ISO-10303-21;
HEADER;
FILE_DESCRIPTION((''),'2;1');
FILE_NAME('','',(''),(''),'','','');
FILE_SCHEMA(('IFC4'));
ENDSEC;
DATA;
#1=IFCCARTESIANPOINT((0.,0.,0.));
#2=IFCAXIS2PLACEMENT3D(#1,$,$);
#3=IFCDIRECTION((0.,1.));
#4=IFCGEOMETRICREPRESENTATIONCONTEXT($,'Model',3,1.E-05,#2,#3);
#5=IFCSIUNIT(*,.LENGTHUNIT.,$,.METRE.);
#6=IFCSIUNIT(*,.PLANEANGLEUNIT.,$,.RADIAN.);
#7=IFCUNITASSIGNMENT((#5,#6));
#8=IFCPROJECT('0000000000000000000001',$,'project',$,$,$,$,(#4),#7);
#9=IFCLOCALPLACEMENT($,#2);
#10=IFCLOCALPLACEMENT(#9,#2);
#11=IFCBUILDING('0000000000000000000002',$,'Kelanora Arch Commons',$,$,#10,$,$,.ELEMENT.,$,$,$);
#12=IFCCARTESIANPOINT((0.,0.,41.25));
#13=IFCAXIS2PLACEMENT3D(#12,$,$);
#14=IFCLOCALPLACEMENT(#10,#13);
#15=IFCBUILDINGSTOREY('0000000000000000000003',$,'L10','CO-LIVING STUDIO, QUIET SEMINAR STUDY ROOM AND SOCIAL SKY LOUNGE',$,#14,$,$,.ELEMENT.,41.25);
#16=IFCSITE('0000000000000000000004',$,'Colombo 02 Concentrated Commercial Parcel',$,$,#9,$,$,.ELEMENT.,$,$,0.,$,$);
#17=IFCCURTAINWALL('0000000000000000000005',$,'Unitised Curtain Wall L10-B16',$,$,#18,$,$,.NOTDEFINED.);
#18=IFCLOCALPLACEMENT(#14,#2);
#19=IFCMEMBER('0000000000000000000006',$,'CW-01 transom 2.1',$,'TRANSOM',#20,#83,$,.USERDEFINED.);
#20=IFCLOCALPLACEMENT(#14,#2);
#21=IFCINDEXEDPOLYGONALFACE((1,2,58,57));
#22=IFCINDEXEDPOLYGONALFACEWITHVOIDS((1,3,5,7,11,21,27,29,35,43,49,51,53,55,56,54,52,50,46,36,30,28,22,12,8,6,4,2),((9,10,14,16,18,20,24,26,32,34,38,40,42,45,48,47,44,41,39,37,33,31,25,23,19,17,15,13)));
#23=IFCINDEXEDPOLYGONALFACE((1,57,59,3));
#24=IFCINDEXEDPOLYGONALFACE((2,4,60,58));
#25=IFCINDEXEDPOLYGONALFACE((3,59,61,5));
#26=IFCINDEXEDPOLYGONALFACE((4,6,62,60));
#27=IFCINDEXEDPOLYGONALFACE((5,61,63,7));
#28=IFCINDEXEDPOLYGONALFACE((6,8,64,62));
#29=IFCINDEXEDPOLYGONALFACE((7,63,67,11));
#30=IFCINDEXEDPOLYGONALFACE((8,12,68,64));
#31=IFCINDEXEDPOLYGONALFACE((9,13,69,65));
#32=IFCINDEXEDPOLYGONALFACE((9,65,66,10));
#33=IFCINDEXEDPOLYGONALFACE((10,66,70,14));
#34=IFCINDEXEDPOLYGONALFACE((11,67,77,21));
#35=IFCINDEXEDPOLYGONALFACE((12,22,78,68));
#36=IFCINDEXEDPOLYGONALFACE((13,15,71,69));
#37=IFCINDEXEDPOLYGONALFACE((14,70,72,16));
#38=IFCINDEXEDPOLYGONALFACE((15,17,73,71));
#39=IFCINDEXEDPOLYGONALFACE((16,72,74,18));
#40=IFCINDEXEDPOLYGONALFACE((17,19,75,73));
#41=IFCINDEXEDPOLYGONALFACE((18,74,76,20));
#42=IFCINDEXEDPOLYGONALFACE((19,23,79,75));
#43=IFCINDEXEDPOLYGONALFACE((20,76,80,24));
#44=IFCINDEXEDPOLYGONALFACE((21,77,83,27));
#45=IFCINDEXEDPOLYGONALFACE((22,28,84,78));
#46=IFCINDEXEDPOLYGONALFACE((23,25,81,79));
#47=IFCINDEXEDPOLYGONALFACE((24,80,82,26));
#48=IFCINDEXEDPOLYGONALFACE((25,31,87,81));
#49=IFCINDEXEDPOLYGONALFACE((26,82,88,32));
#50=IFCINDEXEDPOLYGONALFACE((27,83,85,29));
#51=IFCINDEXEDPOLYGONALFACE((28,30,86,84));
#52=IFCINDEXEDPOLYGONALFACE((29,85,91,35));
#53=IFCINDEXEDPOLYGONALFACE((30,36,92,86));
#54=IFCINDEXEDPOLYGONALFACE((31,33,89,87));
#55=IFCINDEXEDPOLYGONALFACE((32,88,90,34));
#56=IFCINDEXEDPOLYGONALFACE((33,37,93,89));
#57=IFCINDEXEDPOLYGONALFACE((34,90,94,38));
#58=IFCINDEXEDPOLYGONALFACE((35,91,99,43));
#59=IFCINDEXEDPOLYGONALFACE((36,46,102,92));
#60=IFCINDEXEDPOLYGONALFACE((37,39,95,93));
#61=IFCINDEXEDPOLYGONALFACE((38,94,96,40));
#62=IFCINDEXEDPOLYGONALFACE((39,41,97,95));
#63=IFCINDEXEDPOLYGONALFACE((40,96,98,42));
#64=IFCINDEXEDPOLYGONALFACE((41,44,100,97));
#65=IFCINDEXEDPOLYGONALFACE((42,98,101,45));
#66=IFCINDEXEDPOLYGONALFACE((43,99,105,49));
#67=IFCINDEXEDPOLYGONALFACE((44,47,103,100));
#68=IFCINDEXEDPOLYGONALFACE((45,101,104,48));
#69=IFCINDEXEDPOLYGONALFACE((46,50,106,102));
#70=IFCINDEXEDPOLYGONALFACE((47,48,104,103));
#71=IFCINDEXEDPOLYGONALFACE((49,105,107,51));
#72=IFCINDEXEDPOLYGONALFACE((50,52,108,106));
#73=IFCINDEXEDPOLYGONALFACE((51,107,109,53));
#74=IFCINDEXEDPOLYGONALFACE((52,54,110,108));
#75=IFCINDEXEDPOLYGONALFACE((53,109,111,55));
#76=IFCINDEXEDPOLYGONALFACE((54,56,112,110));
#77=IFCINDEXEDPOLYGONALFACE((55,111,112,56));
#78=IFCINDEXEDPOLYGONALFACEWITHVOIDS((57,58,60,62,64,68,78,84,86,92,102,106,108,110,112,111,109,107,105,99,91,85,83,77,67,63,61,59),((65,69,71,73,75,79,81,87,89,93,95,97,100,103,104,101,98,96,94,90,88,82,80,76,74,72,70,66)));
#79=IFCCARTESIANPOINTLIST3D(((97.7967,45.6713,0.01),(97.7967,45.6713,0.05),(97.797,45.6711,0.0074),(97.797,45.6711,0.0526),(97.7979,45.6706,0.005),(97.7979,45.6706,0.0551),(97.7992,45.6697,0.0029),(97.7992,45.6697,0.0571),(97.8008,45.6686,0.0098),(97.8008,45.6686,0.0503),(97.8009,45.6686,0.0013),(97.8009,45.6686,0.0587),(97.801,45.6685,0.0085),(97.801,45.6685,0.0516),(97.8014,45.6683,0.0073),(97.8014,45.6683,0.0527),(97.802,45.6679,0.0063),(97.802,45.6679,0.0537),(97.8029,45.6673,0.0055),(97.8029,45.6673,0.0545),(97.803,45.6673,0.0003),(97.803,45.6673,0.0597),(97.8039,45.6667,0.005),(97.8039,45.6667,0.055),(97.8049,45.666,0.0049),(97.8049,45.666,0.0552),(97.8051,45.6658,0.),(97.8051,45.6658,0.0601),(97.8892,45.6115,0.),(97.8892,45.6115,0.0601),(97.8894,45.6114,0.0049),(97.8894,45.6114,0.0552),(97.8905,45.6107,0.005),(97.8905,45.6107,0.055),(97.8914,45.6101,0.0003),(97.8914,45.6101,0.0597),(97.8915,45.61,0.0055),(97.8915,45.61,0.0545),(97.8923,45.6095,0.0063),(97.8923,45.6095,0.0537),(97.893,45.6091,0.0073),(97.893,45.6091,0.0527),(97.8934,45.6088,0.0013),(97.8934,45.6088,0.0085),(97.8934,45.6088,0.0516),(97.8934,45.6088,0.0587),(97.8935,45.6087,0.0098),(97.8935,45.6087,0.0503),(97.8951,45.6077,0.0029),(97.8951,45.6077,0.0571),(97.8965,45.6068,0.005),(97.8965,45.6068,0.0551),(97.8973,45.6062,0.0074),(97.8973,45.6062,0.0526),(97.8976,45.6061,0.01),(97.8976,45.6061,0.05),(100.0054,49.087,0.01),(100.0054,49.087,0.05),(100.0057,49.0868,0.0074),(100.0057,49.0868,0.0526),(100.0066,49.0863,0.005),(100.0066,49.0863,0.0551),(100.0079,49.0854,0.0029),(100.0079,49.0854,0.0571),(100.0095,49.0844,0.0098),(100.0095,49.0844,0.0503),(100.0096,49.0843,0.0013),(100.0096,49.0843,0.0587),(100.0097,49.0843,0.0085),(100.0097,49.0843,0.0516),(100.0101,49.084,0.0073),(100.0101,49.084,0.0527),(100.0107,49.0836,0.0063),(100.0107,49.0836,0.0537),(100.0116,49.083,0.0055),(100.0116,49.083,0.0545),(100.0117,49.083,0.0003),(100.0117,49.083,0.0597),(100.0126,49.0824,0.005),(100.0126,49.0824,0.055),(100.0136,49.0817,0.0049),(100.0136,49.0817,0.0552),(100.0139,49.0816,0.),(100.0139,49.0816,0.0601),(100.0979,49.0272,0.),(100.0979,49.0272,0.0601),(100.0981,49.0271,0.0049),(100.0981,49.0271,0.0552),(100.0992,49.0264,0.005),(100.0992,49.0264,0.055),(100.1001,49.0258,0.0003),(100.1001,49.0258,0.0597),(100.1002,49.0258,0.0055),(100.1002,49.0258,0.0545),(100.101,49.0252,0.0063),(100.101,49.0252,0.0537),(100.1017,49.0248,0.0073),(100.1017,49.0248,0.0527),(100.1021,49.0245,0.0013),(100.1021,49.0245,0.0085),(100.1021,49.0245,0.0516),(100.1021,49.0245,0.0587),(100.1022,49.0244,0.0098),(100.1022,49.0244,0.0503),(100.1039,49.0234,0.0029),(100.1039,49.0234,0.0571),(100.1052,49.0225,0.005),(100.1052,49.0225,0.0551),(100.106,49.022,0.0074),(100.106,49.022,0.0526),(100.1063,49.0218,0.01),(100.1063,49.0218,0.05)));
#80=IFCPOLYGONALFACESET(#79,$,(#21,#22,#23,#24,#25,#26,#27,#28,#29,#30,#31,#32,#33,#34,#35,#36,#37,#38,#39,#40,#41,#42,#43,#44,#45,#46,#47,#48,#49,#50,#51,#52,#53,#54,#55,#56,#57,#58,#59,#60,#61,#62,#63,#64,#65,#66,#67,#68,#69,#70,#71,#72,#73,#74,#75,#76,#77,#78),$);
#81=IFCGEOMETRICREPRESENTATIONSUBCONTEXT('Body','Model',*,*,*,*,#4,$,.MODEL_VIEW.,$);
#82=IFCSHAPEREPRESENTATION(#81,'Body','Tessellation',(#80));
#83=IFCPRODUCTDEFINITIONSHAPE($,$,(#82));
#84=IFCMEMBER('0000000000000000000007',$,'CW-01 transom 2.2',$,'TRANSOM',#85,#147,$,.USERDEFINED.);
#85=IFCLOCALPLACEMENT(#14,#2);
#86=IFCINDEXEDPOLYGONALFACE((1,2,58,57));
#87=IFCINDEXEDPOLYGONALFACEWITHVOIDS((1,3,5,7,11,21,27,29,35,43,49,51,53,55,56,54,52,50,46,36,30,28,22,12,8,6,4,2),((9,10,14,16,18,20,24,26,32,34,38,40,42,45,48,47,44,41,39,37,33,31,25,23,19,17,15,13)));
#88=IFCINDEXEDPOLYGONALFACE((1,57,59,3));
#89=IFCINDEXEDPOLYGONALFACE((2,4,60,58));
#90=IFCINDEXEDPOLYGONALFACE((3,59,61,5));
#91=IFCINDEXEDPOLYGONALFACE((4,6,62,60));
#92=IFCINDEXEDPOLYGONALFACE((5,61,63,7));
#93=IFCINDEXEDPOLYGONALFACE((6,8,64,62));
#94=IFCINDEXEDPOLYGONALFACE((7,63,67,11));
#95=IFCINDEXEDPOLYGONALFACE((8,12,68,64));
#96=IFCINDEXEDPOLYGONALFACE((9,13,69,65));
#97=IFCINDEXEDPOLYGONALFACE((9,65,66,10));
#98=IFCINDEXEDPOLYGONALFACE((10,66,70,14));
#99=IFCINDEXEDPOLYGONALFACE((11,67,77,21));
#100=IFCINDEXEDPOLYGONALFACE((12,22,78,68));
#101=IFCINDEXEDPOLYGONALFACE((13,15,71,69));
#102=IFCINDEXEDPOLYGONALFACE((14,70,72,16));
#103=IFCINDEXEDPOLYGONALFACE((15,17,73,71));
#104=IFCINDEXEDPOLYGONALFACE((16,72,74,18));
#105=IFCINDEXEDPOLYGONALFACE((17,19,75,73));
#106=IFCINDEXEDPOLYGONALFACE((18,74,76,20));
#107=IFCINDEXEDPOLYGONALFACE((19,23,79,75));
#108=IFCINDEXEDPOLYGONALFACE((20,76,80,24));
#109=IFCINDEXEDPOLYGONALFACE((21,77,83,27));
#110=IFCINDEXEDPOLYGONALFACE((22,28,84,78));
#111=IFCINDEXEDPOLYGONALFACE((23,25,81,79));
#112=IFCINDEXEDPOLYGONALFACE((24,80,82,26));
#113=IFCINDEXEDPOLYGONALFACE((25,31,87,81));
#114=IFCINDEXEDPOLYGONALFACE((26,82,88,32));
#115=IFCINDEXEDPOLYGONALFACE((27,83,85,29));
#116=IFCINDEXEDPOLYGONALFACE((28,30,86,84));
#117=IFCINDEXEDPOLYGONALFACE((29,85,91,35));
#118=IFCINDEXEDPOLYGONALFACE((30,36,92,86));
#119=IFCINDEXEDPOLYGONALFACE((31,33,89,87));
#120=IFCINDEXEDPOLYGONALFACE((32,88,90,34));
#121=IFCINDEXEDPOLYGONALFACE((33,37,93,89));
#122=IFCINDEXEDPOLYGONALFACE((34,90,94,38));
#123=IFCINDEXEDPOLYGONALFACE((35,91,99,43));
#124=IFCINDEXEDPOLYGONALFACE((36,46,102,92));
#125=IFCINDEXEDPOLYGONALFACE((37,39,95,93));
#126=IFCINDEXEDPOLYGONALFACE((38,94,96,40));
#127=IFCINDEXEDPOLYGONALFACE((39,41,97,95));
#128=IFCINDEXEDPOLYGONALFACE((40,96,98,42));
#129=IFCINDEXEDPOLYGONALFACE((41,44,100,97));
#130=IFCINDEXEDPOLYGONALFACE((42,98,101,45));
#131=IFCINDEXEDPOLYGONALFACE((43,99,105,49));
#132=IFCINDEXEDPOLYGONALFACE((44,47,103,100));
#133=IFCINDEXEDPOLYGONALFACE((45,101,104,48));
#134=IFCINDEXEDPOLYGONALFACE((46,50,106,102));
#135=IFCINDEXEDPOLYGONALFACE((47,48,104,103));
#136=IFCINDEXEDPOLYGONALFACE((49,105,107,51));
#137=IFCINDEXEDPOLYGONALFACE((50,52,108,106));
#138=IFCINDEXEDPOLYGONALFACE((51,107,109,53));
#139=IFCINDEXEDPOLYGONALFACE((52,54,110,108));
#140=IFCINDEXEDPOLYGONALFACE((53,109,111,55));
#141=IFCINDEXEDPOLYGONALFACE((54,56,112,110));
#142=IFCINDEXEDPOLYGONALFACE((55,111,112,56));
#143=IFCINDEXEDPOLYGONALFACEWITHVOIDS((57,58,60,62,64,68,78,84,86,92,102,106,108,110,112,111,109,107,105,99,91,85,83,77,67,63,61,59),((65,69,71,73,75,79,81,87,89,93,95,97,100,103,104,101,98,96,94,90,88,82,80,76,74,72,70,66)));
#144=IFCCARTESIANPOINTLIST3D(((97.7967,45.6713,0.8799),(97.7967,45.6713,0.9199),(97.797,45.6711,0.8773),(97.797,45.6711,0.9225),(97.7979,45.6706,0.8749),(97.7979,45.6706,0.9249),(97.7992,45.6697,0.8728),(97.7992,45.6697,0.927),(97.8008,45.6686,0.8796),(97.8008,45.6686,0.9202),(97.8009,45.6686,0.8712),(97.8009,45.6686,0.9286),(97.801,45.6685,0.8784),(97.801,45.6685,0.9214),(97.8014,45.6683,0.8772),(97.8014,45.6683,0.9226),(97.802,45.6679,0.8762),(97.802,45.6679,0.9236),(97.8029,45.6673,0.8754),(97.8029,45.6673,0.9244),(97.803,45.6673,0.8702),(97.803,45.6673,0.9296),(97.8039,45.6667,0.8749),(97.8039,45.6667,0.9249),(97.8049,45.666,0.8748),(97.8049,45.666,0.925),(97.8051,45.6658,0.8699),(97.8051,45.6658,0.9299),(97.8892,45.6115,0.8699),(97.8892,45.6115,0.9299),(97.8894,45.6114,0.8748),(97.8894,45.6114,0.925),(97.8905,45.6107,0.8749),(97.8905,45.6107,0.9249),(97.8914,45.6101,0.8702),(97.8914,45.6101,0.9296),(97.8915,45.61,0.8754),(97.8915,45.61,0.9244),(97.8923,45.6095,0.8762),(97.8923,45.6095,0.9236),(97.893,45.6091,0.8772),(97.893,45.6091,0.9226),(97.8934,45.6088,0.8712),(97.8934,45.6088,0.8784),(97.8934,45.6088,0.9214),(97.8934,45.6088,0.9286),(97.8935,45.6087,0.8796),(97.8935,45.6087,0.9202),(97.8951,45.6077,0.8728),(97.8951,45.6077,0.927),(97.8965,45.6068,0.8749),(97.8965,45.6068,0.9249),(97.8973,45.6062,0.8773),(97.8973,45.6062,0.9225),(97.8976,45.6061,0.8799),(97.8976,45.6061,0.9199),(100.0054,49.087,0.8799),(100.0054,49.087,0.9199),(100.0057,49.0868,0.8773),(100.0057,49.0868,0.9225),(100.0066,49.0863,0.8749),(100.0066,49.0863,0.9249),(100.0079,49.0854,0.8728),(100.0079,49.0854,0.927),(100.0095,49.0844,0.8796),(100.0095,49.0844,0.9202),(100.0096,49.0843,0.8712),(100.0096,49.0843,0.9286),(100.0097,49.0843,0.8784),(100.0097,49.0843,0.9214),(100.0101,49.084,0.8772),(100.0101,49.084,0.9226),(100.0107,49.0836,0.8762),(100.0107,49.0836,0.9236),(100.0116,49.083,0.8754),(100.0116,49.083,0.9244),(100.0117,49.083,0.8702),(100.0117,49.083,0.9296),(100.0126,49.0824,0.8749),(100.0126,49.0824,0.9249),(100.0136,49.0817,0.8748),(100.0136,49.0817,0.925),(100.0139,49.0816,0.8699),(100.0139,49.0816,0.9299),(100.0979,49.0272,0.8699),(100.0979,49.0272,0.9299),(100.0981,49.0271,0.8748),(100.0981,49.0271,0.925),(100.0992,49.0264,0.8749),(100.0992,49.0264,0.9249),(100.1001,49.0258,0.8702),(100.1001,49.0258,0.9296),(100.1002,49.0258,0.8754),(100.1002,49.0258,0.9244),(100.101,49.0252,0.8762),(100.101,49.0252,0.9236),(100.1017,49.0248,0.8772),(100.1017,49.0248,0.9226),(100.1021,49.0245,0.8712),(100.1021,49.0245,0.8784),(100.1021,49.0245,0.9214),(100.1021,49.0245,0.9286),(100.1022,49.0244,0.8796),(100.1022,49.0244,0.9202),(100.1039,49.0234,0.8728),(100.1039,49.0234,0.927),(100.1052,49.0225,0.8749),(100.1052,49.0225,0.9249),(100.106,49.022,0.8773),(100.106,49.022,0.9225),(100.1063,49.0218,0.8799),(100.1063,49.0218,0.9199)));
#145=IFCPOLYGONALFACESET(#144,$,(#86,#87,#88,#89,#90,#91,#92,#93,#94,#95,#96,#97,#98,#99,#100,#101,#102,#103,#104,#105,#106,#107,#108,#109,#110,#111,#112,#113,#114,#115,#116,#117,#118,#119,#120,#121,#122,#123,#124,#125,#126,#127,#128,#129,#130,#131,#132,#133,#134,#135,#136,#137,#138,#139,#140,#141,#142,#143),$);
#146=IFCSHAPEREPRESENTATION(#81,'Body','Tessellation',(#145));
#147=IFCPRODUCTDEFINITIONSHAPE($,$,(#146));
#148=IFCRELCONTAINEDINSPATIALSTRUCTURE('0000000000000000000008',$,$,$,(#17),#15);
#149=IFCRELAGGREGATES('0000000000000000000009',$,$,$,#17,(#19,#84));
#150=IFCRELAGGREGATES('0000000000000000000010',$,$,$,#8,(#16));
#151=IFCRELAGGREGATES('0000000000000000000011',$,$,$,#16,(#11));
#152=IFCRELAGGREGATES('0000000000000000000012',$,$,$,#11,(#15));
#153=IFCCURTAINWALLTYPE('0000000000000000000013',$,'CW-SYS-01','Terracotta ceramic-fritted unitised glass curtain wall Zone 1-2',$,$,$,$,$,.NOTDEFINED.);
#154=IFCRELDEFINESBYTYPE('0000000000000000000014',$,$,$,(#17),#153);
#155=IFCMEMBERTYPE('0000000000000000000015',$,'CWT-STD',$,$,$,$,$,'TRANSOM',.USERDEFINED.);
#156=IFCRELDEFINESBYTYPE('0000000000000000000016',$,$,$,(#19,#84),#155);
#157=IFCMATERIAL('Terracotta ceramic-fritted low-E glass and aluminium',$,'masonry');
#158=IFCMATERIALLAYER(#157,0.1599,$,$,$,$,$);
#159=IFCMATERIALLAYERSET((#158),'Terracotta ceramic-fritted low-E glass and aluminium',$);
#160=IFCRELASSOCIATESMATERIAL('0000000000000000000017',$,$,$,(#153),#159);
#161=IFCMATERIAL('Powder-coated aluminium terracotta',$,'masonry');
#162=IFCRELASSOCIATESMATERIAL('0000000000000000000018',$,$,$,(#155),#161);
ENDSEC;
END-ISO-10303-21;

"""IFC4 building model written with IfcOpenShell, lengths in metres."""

from ifc_helpers import new_model, si_unit, direction, frame, origin, origin_2d, place, context, subcontext, project, spatial, hollow_rectangle, extrude, material, layer, layer_set, material_profile, profile_set, type_object, element, aggregate, save


model = new_model("IFC4")

# Units and contexts
model_context = context("Model", 3, precision=1e-05, world=origin(), true_north=direction((0.0, 1.0)))
body_context = subcontext(model_context, "Body", "Model", "MODEL_VIEW")
ifc_project = project(units=[si_unit("LENGTHUNIT", "METRE"), si_unit("PLANEANGLEUNIT", "RADIAN")], contexts=[model_context])

# Site, building, storey
site_placement = place(None, origin())
site = spatial("IfcSite", under=ifc_project, at=site_placement, Name="Colombo 02 Concentrated Commercial Parcel", CompositionType="ELEMENT", RefElevation=0.0)
building_placement = place(site_placement, origin())
building = spatial("IfcBuilding", under=site, at=building_placement, Name="Kelanora Arch Commons", CompositionType="ELEMENT")
storey_placement = place(building_placement, frame((0.0, 0.0, 41.25)))
storey = spatial("IfcBuildingStorey", under=building, at=storey_placement, Name="L10", Description="CO-LIVING STUDIO, QUIET SEMINAR STUDY ROOM AND SOCIAL SKY LOUNGE", CompositionType="ELEMENT", Elevation=41.25)

# Shared definitions
ifc_material_1 = material(Name="Terracotta ceramic-fritted low-E glass and aluminium", Category="masonry")
ifc_layer_1 = layer(ifc_material_1, 0.1599)
ifc_layer_set_1 = layer_set([ifc_layer_1], Name="Terracotta ceramic-fritted low-E glass and aluminium")
curtain_wall_type = type_object("IfcCurtainWallType", Name="CW-SYS-01", Description="Terracotta ceramic-fritted unitised glass curtain wall Zone 1-2", PredefinedType="NOTDEFINED", material=ifc_layer_set_1)
ifc_material_2 = material(Name="Powder-coated aluminium terracotta", Category="masonry")

# Curtain wall, members
curtain_wall_1_placement = place(storey_placement, origin())
curtain_wall_1 = element("IfcCurtainWall", 1, at=curtain_wall_1_placement, inside=storey, type_object=curtain_wall_type, Name="Unitised Curtain Wall L10-B16", PredefinedType="NOTDEFINED")
ifc_material_profile_1 = material_profile(ifc_material_2, hollow_rectangle(XDim=0.1201, YDim=0.0601, WallThickness=0.0049, InnerFilletRadius=0.0049, OuterFilletRadius=0.01, at=origin_2d()), Name="CWT120x60")
ifc_profile_set_1 = profile_set([ifc_material_profile_1], Name="Powder-coated aluminium terracotta")
member_type_1 = type_object("IfcMemberType", Name="CWT-STD", ElementType="TRANSOM", PredefinedType="USERDEFINED", material=ifc_profile_set_1)
member_1_placement = place(storey_placement, frame((97.8472, 45.6387, 0.03), z_axis=(0.542997, 0.839734, 0.0), x_axis=(-0.839734, 0.542997, 0.0)))
member_1 = element("IfcMember", 2, at=member_1_placement, type_object=member_type_1, Name="CW-01 transom 2.1", ObjectType="TRANSOM", PredefinedType="USERDEFINED", context=body_context, shape_type="SweptSolid", body=[
    extrude(hollow_rectangle(XDim=0.1201, YDim=0.0601, WallThickness=0.0049, InnerFilletRadius=0.0049, OuterFilletRadius=0.01, at=origin_2d()), origin(), (0.0, 0.0, 1.0), 4.0676),
])
member_2_placement = place(storey_placement, frame((97.8472, 45.6387, 0.8999), z_axis=(0.542997, 0.839734, 0.0), x_axis=(-0.839734, 0.542997, 0.0)))
member_2 = element("IfcMember", 3, at=member_2_placement, type_object=member_type_1, Name="CW-01 transom 2.2", ObjectType="TRANSOM", PredefinedType="USERDEFINED", context=body_context, shape_type="SweptSolid", body=[
    extrude(hollow_rectangle(XDim=0.1201, YDim=0.0601, WallThickness=0.0049, InnerFilletRadius=0.0049, OuterFilletRadius=0.01, at=origin_2d()), origin(), (0.0, 0.0, 1.0), 4.0676),
])
aggregate(curtain_wall_1, [member_1, member_2])

save(model, "model.ifc")
